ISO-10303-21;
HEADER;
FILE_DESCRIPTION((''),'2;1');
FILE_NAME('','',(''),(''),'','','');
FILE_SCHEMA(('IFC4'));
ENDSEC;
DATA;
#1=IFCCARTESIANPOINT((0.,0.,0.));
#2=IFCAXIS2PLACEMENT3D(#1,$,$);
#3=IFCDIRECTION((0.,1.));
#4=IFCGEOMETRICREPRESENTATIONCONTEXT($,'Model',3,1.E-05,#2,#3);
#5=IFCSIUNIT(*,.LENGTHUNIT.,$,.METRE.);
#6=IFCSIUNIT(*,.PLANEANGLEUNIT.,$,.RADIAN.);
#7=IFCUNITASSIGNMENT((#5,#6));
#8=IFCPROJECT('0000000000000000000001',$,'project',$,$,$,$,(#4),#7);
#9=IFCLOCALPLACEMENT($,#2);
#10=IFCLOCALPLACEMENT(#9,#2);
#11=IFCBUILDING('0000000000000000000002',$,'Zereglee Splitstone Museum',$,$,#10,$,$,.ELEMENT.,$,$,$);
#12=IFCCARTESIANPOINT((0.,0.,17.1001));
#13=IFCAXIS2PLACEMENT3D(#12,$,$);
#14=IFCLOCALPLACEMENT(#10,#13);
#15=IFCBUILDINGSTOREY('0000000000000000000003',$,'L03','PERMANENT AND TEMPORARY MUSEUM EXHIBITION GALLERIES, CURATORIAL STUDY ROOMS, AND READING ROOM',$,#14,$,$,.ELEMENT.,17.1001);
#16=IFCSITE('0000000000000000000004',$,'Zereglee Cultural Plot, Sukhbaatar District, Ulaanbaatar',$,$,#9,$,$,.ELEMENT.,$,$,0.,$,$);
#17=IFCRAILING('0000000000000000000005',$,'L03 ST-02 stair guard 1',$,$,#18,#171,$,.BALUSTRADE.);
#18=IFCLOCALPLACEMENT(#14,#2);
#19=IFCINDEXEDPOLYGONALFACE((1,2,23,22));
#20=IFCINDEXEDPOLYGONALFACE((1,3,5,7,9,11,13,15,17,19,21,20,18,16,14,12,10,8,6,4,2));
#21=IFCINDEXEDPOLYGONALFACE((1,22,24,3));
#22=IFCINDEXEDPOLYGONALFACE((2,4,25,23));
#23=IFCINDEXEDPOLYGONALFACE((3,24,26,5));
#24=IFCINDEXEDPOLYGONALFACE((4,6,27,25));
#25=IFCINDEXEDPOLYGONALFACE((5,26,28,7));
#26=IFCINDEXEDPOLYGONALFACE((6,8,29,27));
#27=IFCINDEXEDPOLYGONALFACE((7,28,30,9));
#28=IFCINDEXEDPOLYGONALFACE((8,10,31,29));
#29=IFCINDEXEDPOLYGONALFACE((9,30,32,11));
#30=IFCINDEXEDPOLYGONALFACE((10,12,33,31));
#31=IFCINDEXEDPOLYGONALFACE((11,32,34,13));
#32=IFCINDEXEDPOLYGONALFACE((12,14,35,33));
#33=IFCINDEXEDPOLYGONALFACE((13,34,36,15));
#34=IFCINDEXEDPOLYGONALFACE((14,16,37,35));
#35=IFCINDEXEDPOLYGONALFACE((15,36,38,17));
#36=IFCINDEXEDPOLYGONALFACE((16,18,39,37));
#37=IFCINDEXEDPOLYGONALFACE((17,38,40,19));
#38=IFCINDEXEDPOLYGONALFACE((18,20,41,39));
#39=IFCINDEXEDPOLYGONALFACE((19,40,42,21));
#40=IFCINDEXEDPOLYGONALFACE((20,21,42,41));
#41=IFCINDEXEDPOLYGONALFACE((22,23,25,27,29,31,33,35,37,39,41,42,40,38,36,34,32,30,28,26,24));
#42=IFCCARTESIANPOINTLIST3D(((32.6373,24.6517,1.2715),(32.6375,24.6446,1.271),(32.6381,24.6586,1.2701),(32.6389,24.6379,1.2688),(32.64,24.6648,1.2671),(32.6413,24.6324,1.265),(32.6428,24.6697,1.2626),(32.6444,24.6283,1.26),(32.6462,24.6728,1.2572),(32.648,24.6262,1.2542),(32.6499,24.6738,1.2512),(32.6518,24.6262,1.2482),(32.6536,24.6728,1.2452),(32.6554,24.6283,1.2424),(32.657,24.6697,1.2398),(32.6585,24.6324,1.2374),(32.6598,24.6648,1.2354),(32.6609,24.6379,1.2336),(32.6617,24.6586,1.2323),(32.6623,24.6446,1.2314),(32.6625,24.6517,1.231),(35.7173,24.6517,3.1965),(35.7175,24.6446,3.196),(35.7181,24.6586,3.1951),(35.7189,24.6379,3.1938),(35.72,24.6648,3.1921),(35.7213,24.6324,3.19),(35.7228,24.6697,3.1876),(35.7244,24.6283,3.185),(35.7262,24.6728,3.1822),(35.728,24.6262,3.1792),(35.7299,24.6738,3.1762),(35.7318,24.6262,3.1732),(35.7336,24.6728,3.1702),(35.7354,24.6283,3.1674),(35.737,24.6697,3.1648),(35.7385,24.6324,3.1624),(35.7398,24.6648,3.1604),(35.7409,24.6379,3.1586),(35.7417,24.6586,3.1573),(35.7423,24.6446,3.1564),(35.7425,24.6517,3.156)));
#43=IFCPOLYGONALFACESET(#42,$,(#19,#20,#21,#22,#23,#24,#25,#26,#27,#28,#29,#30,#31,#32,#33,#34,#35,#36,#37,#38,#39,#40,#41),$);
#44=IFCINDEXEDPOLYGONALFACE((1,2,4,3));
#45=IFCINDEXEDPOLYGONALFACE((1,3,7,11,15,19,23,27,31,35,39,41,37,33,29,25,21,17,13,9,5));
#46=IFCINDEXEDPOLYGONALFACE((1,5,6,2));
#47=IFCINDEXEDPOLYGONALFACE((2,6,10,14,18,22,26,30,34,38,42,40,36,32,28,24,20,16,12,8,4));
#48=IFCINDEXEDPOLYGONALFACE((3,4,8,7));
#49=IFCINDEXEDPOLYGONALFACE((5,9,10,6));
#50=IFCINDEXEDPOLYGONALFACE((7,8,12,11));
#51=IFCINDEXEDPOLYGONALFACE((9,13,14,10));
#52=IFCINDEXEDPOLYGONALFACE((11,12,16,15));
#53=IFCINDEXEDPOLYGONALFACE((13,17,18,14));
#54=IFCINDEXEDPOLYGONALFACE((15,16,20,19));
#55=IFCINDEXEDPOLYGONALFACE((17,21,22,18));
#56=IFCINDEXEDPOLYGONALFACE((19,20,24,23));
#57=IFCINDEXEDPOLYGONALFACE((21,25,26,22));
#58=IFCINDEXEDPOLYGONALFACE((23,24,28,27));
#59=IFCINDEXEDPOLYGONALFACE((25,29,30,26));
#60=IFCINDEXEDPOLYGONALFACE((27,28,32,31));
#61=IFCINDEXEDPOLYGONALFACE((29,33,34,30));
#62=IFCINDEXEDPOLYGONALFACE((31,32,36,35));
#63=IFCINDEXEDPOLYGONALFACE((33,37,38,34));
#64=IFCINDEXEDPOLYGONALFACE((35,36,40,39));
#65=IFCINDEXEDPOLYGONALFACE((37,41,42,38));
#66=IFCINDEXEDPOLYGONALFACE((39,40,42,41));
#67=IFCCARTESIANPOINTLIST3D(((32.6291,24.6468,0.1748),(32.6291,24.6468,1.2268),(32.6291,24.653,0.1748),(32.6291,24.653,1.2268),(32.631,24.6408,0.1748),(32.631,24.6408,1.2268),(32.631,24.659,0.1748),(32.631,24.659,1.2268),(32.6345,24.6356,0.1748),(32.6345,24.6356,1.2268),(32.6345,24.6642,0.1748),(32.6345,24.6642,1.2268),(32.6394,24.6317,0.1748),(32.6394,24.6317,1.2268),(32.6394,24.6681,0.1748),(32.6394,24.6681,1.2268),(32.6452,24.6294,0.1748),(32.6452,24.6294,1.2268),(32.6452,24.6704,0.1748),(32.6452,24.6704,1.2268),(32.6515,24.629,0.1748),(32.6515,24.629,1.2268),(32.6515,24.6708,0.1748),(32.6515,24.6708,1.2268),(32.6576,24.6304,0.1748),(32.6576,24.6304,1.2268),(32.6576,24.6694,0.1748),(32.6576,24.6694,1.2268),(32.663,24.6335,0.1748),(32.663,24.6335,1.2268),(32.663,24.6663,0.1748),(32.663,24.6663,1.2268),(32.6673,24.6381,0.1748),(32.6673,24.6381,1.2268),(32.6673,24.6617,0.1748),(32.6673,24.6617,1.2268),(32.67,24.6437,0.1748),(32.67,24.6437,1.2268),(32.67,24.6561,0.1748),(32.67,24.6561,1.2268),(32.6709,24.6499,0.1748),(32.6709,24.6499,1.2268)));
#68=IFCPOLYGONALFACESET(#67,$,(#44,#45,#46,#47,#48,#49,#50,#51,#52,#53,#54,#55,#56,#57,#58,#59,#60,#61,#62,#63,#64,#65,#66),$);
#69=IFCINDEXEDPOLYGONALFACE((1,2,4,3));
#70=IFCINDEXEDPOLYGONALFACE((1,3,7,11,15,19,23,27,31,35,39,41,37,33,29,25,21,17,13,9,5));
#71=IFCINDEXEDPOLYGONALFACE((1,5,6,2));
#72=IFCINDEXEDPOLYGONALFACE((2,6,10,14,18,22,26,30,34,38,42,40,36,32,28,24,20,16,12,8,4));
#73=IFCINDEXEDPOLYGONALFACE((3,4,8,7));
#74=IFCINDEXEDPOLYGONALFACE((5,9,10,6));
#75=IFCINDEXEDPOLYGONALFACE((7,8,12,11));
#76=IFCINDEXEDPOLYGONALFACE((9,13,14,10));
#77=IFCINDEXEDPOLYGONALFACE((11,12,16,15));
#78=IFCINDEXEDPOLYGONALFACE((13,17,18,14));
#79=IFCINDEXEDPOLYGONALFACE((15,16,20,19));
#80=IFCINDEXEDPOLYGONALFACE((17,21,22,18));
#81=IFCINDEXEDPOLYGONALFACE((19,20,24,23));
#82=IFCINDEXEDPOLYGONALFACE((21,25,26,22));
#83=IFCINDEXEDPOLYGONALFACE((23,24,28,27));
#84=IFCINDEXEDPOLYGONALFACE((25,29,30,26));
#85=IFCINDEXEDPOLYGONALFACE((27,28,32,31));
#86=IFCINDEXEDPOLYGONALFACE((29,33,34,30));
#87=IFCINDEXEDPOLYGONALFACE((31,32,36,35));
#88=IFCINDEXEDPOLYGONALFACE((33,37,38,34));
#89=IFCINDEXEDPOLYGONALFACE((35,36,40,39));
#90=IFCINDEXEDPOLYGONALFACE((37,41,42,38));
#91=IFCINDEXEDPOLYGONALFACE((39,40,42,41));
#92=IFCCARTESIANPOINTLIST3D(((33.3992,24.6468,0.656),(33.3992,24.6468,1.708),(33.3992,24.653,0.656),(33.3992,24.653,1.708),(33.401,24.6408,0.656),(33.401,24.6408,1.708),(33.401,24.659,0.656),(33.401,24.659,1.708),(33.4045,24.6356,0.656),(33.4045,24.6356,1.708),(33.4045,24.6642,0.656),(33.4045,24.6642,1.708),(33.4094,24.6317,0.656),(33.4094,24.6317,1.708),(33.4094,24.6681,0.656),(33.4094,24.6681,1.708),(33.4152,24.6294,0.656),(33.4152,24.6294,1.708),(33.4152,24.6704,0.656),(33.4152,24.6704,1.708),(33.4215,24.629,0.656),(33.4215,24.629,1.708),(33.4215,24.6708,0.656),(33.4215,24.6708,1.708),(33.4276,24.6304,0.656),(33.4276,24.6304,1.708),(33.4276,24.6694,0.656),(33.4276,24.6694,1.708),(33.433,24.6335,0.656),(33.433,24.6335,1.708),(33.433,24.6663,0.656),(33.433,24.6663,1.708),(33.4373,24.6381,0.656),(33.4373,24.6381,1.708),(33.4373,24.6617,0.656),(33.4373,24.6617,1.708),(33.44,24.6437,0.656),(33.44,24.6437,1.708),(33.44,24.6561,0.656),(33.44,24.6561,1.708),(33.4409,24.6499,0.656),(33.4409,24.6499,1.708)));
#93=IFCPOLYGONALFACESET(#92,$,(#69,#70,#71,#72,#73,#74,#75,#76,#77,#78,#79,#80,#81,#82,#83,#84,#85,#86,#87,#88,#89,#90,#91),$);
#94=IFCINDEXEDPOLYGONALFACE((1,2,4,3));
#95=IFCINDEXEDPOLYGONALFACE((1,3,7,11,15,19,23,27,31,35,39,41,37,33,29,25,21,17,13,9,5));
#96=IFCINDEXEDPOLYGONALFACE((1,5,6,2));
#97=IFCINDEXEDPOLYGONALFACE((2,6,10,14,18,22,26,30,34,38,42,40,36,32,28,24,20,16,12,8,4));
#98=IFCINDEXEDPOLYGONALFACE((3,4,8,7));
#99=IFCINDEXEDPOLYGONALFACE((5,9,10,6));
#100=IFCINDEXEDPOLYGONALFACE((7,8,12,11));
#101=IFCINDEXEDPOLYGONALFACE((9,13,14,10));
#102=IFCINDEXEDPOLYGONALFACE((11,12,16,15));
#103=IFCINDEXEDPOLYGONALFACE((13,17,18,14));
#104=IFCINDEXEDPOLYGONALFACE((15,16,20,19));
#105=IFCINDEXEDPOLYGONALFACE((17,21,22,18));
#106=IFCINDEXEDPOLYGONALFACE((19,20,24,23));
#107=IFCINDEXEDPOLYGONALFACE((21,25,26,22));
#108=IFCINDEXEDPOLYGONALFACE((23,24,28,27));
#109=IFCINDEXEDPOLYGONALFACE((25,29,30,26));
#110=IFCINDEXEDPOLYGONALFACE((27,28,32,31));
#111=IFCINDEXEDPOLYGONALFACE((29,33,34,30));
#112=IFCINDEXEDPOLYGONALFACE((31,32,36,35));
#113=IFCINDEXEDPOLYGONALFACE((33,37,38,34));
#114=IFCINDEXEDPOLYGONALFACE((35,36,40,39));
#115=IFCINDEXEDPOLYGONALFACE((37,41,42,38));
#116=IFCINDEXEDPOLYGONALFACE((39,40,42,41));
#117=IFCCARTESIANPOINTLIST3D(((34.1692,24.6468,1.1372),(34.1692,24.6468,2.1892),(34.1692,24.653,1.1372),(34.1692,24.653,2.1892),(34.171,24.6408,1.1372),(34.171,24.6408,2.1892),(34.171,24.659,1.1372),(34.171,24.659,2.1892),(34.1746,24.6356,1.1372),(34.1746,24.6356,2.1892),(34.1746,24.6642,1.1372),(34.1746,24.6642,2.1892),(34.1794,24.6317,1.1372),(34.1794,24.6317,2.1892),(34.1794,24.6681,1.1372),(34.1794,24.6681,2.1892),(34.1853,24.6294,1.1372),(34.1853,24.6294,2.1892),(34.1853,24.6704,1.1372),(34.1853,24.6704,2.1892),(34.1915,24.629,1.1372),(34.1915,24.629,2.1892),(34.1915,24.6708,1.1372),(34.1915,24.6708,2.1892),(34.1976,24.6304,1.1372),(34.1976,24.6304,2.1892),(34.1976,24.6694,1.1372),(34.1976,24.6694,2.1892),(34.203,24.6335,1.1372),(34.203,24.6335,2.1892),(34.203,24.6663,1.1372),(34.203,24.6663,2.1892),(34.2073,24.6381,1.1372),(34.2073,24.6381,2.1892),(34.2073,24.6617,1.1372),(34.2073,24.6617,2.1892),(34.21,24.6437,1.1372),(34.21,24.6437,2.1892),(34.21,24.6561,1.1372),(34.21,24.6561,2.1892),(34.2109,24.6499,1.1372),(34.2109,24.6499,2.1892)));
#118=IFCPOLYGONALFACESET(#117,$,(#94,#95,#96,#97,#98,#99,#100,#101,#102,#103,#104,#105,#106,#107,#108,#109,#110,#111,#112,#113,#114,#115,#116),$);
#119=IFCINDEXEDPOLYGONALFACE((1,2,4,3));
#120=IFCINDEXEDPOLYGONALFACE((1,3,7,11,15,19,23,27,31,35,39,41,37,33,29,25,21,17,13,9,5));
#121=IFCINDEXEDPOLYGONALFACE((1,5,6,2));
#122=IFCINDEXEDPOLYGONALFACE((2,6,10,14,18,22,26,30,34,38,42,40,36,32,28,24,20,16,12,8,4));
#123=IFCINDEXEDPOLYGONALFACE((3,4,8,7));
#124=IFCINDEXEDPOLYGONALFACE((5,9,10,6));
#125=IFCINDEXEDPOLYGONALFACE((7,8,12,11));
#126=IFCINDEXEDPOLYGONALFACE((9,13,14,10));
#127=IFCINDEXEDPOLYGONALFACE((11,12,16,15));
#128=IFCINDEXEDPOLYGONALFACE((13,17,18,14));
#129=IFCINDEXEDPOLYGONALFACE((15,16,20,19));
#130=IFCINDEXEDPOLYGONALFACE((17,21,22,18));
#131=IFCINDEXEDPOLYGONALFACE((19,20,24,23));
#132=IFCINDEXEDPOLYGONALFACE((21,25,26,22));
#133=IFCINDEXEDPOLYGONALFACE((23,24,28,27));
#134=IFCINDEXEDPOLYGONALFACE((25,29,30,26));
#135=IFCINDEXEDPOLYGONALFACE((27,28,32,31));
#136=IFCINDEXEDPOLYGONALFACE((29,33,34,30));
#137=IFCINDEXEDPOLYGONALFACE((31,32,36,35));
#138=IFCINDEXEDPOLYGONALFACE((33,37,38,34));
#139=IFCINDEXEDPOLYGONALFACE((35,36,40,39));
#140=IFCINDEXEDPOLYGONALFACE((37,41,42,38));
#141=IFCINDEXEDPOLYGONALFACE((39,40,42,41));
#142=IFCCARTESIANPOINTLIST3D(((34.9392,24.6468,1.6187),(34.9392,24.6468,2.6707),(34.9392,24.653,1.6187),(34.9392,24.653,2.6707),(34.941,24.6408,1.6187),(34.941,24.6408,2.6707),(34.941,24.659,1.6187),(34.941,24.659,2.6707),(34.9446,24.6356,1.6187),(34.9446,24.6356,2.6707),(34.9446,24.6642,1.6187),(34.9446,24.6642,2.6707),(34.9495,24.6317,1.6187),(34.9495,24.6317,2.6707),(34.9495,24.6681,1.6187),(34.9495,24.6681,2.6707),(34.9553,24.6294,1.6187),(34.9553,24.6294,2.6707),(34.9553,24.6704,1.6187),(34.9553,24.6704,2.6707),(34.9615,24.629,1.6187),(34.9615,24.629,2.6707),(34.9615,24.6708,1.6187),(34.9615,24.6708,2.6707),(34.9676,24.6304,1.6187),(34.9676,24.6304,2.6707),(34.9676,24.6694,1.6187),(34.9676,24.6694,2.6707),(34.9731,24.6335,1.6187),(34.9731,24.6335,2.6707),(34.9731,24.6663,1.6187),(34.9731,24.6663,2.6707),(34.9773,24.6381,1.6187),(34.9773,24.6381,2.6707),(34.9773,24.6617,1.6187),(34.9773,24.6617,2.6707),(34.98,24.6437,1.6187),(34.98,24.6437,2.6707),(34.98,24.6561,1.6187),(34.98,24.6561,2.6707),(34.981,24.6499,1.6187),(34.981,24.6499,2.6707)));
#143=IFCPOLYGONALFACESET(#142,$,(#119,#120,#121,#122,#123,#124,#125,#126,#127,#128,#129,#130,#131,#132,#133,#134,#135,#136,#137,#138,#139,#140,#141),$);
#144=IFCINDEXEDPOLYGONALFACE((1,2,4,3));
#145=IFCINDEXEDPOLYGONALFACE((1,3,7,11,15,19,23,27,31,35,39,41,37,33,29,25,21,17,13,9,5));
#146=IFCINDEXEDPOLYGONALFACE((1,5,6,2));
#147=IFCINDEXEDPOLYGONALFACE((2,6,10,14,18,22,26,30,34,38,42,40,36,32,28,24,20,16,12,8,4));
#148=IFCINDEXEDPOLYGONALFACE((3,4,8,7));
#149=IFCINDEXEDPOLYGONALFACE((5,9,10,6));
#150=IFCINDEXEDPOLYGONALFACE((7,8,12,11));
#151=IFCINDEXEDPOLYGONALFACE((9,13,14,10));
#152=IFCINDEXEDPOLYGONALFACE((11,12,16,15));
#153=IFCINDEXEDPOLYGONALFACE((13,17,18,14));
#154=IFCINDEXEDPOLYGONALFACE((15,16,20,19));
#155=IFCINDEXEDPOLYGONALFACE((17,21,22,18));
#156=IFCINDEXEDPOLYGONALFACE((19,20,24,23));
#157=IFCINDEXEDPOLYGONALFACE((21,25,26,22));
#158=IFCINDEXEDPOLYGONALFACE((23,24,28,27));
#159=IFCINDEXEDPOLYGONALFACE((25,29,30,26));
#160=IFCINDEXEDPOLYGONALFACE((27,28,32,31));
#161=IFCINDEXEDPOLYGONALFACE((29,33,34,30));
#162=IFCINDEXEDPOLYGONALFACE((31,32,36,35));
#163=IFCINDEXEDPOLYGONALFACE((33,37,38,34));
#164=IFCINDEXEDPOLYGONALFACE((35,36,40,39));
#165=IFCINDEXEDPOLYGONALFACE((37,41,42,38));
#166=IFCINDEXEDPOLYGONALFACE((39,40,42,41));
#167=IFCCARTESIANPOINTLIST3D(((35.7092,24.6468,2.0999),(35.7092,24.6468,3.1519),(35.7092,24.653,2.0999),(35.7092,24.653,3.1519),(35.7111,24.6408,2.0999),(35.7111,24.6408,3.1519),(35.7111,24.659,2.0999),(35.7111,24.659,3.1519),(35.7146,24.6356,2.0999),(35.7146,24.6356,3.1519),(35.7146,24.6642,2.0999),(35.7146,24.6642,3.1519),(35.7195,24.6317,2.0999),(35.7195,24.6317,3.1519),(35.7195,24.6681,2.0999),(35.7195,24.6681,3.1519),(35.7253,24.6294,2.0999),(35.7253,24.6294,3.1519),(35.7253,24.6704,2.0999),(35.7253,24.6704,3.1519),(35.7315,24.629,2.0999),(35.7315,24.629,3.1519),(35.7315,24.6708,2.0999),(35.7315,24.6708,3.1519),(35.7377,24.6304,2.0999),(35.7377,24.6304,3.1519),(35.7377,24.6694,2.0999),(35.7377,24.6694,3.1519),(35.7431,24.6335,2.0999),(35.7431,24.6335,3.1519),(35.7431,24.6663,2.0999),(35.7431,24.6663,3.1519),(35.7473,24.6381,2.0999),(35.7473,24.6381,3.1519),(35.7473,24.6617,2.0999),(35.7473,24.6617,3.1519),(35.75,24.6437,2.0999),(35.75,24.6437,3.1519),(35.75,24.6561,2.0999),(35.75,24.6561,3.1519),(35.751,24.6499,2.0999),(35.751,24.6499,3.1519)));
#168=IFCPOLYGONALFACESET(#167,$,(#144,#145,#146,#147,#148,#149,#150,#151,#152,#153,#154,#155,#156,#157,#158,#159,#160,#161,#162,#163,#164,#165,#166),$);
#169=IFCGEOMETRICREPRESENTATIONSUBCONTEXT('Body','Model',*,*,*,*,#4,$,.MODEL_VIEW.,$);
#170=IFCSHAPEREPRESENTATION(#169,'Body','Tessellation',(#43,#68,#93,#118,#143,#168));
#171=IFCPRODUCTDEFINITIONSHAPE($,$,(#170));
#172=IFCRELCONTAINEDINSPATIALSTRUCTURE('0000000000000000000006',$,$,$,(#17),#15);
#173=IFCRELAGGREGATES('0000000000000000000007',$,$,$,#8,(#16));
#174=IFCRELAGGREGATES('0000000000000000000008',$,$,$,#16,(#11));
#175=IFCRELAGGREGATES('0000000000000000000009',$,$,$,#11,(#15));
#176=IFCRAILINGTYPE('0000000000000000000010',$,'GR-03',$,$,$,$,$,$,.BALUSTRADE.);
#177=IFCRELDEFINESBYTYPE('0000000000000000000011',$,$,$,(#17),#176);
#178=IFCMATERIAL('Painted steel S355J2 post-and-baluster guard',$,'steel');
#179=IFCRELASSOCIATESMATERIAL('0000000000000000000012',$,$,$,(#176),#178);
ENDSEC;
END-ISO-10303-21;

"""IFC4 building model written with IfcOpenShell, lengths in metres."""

from ifc_helpers import new_model, si_unit, direction, frame, origin, origin_2d, place, context, subcontext, project, spatial, circle, extrude, material, type_object, element, save


model = new_model("IFC4")

# Units and contexts
model_context = context("Model", 3, precision=1e-05, world=origin(), true_north=direction((0.0, 1.0)))
body_context = subcontext(model_context, "Body", "Model", "MODEL_VIEW")
ifc_project = project(units=[si_unit("LENGTHUNIT", "METRE"), si_unit("PLANEANGLEUNIT", "RADIAN")], contexts=[model_context])

# Site, building, storey
site_placement = place(None, origin())
site = spatial("IfcSite", under=ifc_project, at=site_placement, Name="Zereglee Cultural Plot, Sukhbaatar District, Ulaanbaatar", CompositionType="ELEMENT", RefElevation=0.0)
building_placement = place(site_placement, origin())
building = spatial("IfcBuilding", under=site, at=building_placement, Name="Zereglee Splitstone Museum", CompositionType="ELEMENT")
storey_placement = place(building_placement, frame((0.0, 0.0, 17.1001)))
storey = spatial("IfcBuildingStorey", under=building, at=storey_placement, Name="L03", Description="PERMANENT AND TEMPORARY MUSEUM EXHIBITION GALLERIES, CURATORIAL STUDY ROOMS, AND READING ROOM", CompositionType="ELEMENT", Elevation=17.1001)

# Railing
ifc_material_1 = material(Name="Painted steel S355J2 post-and-baluster guard", Category="steel")
railing_type_1 = type_object("IfcRailingType", Name="GR-03", PredefinedType="BALUSTRADE", material=ifc_material_1)
railing_1_placement = place(storey_placement, frame((32.6499, 24.6499, 0.1748)))
element("IfcRailing", 1, at=railing_1_placement, inside=storey, type_object=railing_type_1, Name="L03 ST-02 stair guard 1", PredefinedType="BALUSTRADE", context=body_context, shape_type="SweptSolid", body=[
    extrude(circle(Radius=0.0239, at=origin_2d()), frame((0.0, 0.0, 1.0764), z_axis=(0.847998, 0.0, 0.529999), x_axis=(0.0, 1.0, 0.0)), (0.0, 0.0, 1.0), 3.6321),
    extrude(circle(Radius=0.021, at=origin_2d()), origin(), (0.0, 0.0, 1.0), 1.052),
    extrude(circle(Radius=0.021, at=origin_2d()), frame((0.77, 0.0, 0.4812)), (0.0, 0.0, 1.0), 1.052),
    extrude(circle(Radius=0.021, at=origin_2d()), frame((1.54, 0.0, 0.9624)), (0.0, 0.0, 1.0), 1.052),
    extrude(circle(Radius=0.021, at=origin_2d()), frame((2.3101, 0.0, 1.4438)), (0.0, 0.0, 1.0), 1.052),
    extrude(circle(Radius=0.021, at=origin_2d()), frame((3.0801, 0.0, 1.925)), (0.0, 0.0, 1.0), 1.052),
])

save(model, "model.ifc")
